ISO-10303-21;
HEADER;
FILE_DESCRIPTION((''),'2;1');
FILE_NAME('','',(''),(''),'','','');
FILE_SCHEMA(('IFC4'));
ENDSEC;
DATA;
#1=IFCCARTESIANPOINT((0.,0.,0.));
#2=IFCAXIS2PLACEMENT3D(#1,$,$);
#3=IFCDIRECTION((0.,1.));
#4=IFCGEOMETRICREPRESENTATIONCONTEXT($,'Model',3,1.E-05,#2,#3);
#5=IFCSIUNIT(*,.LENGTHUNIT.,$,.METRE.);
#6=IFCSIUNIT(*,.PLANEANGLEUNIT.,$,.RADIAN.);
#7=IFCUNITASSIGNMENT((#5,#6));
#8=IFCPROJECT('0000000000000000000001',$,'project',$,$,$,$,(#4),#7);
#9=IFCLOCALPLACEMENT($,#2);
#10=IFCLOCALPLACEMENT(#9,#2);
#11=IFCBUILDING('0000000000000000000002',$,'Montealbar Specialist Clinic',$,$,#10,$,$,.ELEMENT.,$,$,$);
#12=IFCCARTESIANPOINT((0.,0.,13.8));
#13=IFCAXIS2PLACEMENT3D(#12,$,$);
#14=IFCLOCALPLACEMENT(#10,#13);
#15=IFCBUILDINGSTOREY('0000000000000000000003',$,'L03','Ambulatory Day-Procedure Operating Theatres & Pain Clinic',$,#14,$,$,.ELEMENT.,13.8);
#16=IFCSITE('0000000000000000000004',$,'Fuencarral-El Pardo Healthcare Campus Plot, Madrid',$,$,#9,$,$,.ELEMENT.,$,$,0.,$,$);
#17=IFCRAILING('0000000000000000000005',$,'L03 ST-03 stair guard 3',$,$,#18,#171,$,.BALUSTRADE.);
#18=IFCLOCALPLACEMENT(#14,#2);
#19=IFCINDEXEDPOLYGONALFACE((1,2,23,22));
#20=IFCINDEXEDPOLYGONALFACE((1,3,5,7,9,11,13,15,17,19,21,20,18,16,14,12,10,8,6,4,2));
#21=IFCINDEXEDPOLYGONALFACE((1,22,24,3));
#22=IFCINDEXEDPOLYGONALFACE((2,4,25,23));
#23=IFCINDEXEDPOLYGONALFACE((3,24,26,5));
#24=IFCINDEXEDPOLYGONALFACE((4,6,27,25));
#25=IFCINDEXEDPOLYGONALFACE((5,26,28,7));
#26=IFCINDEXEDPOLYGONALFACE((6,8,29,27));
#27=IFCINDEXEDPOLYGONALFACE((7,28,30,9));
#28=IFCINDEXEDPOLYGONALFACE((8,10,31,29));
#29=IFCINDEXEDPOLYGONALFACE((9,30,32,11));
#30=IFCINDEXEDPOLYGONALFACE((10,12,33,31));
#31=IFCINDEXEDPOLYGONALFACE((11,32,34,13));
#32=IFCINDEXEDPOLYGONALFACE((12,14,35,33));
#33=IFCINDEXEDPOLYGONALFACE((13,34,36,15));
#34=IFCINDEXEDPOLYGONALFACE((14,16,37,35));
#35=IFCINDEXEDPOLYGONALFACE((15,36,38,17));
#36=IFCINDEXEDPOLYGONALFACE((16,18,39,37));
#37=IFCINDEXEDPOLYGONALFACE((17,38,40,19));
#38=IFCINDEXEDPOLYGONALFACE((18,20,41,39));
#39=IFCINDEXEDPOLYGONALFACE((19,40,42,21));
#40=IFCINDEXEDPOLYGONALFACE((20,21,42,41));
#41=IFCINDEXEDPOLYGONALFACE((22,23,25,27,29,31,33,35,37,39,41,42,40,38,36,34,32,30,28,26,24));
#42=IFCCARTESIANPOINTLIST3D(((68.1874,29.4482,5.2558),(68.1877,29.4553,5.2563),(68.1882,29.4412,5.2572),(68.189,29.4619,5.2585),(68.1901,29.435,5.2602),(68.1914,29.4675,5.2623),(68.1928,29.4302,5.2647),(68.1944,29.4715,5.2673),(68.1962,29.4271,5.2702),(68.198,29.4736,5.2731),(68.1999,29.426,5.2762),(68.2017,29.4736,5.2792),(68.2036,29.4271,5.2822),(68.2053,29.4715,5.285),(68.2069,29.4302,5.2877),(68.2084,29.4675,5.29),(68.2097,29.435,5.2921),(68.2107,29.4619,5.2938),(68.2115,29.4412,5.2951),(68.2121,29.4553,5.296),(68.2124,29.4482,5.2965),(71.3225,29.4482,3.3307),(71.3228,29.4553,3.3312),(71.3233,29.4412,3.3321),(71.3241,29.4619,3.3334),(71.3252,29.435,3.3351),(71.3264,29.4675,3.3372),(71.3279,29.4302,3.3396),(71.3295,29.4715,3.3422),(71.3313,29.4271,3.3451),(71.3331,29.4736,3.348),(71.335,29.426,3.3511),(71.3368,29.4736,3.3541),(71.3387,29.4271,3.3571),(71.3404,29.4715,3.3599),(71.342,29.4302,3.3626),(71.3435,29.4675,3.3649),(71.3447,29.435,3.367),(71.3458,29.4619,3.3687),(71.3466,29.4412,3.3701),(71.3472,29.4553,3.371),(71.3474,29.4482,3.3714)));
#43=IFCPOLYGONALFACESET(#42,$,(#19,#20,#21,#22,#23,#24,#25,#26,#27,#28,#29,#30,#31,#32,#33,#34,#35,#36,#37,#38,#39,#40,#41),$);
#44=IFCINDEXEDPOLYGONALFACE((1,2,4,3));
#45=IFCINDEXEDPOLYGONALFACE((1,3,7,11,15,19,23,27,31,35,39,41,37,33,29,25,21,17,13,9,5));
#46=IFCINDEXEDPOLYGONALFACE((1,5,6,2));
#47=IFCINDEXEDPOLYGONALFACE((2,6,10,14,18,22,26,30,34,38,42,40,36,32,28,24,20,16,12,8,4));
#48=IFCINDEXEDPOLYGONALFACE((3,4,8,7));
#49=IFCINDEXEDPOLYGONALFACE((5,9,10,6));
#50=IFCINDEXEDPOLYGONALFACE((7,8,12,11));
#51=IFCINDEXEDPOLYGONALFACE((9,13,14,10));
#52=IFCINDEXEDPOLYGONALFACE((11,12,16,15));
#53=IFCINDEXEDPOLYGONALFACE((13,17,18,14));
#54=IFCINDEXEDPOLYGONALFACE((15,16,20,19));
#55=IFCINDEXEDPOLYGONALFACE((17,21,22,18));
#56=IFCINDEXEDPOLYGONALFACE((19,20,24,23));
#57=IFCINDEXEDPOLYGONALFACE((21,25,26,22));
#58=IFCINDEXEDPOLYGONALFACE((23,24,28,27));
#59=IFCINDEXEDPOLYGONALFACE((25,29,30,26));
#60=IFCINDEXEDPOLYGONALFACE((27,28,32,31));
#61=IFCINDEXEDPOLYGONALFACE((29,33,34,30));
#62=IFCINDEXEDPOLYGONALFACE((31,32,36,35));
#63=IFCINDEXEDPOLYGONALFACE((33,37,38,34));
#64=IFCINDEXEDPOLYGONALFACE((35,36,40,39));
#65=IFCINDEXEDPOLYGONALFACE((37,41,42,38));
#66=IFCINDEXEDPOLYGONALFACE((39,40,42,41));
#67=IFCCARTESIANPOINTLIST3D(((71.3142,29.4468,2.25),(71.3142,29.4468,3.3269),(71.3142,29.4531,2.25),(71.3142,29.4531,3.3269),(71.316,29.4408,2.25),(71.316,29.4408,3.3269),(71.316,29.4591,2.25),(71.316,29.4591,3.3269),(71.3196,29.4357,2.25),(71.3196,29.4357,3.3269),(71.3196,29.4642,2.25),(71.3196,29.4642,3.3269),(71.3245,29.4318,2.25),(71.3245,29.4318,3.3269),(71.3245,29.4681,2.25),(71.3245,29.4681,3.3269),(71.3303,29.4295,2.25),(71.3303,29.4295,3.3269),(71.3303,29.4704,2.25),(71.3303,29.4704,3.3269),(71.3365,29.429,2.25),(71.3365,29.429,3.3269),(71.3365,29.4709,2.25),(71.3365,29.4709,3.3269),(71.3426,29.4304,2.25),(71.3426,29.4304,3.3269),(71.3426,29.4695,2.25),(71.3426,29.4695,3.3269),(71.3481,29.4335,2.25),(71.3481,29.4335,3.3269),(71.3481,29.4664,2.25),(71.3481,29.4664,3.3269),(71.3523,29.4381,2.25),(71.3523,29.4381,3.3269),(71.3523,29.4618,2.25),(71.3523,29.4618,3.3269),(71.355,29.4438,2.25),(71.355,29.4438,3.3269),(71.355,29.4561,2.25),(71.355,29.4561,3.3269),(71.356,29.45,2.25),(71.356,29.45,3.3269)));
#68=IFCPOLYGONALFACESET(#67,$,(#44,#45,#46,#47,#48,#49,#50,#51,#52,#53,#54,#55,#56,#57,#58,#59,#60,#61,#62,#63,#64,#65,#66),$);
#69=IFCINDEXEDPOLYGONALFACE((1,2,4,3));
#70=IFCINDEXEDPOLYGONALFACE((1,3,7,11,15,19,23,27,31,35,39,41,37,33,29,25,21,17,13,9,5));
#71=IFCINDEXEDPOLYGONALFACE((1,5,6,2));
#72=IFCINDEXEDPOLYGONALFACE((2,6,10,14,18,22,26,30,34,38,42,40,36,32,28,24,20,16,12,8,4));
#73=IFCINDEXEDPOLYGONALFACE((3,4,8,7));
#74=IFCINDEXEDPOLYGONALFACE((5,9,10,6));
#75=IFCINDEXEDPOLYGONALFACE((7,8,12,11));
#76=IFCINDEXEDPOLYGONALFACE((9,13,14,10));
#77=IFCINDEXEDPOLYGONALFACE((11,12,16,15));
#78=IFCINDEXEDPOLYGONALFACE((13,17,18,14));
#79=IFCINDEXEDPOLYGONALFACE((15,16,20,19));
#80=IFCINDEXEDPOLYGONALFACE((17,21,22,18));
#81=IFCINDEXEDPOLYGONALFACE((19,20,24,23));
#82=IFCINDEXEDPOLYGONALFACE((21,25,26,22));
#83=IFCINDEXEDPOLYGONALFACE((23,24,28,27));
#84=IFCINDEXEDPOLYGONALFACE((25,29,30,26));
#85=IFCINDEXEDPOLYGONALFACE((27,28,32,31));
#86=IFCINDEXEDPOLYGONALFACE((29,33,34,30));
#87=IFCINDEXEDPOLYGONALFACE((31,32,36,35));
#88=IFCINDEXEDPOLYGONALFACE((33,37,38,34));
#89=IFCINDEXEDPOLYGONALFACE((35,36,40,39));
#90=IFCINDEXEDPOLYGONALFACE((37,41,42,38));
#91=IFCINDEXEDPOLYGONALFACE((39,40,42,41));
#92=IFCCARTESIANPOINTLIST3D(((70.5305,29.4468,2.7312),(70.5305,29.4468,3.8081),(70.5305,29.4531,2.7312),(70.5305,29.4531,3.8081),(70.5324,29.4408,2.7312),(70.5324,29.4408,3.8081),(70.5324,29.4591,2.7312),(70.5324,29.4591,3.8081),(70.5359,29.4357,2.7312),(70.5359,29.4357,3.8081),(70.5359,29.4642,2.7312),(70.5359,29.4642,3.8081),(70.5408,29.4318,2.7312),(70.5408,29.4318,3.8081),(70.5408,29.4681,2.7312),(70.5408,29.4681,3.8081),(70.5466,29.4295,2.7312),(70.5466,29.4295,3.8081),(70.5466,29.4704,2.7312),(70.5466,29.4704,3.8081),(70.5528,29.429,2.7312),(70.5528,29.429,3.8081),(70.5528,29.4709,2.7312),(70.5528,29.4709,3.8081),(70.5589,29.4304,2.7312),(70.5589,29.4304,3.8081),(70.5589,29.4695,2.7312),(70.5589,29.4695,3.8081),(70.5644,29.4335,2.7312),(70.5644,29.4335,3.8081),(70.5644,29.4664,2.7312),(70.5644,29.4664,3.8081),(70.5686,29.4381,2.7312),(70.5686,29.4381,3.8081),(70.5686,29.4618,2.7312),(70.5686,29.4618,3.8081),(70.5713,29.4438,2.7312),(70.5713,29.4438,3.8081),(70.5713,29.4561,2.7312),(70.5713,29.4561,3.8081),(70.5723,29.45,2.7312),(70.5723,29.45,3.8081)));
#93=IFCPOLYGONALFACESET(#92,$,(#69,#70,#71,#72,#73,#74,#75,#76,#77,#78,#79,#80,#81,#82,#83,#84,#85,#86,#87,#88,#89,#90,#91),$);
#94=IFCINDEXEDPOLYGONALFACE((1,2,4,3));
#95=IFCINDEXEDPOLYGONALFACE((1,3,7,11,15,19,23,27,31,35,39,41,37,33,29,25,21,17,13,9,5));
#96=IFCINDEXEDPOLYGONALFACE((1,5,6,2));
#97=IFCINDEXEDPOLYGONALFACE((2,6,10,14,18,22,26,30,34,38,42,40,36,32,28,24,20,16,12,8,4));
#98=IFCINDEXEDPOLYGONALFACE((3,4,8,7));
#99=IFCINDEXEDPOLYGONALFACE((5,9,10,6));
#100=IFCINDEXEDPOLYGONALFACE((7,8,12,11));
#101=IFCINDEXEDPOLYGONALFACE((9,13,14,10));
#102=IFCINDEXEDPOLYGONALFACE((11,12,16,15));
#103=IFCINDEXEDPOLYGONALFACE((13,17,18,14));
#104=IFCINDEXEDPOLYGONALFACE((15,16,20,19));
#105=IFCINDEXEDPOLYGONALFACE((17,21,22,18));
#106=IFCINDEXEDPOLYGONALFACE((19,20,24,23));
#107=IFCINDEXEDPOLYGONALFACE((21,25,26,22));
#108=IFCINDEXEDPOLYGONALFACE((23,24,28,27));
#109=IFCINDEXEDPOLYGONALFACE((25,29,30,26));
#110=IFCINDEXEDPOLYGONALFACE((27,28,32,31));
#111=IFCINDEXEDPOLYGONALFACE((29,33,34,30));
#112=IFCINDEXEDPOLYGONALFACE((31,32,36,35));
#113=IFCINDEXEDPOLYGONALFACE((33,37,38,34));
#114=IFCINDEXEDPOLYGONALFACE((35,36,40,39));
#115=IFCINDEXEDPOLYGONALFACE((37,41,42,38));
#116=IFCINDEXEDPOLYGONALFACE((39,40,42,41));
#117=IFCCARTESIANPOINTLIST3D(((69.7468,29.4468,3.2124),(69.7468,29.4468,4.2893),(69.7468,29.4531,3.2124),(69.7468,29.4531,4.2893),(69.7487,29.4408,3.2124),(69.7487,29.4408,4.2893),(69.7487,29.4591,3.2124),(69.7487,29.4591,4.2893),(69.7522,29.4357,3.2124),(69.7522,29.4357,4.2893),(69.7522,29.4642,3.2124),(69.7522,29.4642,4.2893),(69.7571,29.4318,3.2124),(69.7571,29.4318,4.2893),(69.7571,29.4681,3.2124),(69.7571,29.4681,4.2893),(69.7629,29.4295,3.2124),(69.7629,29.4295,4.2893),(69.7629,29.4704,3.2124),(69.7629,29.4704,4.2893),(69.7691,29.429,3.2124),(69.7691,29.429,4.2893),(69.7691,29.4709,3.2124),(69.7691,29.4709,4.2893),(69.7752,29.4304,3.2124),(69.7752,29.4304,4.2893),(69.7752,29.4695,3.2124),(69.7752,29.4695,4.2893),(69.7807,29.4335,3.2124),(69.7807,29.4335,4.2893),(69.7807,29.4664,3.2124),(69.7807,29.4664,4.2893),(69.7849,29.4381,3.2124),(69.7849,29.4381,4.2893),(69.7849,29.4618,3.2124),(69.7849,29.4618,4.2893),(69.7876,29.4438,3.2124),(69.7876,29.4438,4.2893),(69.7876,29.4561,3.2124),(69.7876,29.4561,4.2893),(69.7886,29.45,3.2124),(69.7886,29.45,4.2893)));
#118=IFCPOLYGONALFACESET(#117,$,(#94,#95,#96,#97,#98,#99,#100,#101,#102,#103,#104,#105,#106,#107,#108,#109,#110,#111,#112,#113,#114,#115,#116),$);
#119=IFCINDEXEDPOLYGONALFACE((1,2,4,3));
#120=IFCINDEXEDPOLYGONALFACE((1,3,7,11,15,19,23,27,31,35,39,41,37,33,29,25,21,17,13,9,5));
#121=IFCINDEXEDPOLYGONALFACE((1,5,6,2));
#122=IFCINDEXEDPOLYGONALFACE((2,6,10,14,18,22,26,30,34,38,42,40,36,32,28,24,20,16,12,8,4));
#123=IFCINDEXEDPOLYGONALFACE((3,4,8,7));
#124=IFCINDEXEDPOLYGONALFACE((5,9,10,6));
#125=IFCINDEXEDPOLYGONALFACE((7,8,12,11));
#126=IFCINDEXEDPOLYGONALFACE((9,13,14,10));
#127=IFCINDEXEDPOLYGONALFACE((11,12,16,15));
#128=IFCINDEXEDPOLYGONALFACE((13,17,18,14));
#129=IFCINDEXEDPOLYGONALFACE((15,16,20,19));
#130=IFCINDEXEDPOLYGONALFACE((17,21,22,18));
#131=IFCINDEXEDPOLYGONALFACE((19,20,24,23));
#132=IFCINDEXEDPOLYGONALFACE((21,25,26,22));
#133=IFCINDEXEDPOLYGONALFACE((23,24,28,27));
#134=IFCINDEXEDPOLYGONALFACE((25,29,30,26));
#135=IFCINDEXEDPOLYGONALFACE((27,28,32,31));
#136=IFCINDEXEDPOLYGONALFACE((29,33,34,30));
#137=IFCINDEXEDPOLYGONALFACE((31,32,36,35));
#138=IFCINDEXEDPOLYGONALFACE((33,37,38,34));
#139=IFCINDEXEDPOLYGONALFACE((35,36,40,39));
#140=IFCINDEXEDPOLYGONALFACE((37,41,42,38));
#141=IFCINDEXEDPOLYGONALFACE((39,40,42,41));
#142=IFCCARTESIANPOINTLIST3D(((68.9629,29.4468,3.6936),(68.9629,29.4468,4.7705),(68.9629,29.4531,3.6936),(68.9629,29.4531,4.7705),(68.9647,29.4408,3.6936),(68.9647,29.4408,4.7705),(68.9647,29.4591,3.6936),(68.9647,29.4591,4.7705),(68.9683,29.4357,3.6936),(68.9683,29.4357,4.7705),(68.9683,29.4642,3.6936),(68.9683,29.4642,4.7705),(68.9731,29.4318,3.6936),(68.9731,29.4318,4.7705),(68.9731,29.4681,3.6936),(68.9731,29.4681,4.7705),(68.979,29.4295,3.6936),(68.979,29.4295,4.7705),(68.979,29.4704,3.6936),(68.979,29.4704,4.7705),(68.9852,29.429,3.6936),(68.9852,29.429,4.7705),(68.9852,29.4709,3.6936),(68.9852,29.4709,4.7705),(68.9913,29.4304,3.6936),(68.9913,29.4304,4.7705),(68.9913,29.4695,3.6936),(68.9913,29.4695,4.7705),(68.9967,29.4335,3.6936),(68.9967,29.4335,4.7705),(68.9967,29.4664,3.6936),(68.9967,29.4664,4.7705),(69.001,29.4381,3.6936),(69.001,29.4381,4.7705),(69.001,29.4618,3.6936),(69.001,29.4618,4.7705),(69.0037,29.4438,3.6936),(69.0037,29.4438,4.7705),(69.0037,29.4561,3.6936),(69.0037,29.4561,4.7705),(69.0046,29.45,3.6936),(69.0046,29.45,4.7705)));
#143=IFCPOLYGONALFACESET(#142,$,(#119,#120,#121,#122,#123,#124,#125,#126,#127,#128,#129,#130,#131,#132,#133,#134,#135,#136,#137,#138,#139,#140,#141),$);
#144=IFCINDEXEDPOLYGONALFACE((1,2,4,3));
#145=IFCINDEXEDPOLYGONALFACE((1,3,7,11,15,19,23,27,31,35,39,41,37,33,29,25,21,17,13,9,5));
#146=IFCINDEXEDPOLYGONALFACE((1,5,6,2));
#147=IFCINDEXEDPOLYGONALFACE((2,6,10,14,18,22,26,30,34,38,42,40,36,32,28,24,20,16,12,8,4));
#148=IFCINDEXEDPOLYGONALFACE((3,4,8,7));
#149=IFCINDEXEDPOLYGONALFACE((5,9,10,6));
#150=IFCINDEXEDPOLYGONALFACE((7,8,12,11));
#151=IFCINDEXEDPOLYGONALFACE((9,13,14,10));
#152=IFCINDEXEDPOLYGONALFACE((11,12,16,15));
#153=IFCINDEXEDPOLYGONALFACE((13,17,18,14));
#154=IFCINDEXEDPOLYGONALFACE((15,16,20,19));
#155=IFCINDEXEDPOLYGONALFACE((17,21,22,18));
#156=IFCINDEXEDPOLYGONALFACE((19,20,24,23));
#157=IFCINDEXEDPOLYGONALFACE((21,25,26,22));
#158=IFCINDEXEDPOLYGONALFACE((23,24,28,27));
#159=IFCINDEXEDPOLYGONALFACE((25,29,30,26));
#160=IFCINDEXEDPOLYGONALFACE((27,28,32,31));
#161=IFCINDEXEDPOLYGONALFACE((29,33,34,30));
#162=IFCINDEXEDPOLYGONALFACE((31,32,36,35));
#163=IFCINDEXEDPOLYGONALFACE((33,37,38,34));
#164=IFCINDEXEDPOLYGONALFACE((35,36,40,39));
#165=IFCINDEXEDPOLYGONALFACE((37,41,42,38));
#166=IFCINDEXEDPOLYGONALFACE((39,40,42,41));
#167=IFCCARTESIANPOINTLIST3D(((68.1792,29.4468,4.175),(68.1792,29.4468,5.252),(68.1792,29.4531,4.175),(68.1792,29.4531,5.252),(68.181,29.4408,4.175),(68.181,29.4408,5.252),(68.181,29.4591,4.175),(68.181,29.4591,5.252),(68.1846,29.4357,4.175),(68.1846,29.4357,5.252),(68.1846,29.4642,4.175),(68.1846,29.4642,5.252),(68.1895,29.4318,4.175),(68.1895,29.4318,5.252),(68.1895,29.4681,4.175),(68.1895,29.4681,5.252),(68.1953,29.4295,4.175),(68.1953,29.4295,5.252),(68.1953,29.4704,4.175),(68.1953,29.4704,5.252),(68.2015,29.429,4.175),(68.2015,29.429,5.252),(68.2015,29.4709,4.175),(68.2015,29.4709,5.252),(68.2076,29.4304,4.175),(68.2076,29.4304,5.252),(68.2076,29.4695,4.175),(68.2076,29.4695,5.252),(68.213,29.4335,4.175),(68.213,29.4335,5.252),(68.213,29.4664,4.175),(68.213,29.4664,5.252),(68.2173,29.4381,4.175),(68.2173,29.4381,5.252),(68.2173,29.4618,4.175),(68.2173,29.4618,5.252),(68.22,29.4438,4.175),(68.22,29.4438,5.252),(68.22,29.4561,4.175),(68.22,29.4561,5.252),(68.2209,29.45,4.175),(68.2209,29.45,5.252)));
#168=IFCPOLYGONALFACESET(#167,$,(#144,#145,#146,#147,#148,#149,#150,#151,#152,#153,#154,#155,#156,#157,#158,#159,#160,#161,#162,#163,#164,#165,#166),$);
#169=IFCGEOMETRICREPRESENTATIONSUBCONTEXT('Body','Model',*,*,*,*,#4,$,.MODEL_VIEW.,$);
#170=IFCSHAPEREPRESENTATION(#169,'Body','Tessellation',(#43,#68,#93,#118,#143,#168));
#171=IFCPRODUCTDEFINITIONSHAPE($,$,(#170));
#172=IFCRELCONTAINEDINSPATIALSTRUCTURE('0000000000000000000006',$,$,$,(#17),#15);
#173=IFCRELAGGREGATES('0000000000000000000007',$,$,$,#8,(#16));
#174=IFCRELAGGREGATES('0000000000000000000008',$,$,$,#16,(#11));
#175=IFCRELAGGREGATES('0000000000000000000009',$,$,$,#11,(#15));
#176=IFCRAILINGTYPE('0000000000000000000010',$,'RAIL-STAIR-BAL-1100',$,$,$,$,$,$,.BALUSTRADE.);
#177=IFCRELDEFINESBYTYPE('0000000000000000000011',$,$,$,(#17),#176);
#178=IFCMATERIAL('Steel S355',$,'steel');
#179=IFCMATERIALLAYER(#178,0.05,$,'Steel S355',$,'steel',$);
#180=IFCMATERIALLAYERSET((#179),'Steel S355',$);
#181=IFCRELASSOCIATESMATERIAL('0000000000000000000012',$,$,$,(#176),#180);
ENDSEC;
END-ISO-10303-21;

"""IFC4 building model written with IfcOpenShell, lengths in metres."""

from ifc_helpers import new_model, si_unit, direction, frame, origin, origin_2d, place, context, subcontext, project, spatial, circle, extrude, material, layer, layer_set, type_object, element, save


model = new_model("IFC4")

# Units and contexts
model_context = context("Model", 3, precision=1e-05, world=origin(), true_north=direction((0.0, 1.0)))
body_context = subcontext(model_context, "Body", "Model", "MODEL_VIEW")
ifc_project = project(units=[si_unit("LENGTHUNIT", "METRE"), si_unit("PLANEANGLEUNIT", "RADIAN")], contexts=[model_context])

# Site, building, storey
site_placement = place(None, origin())
site = spatial("IfcSite", under=ifc_project, at=site_placement, Name="Fuencarral-El Pardo Healthcare Campus Plot, Madrid", CompositionType="ELEMENT", RefElevation=0.0)
building_placement = place(site_placement, origin())
building = spatial("IfcBuilding", under=site, at=building_placement, Name="Montealbar Specialist Clinic", CompositionType="ELEMENT")
storey_placement = place(building_placement, frame((0.0, 0.0, 13.8)))
storey = spatial("IfcBuildingStorey", under=building, at=storey_placement, Name="L03", Description="Ambulatory Day-Procedure Operating Theatres & Pain Clinic", CompositionType="ELEMENT", Elevation=13.8)

# Shared definitions
ifc_material_1 = material(Name="Steel S355", Category="steel")

# Railing
ifc_layer_1 = layer(ifc_material_1, 0.05, Name="Steel S355", Category="steel")
ifc_layer_set_1 = layer_set([ifc_layer_1], Name="Steel S355")
railing_type_1 = type_object("IfcRailingType", Name="RAIL-STAIR-BAL-1100", PredefinedType="BALUSTRADE", material=ifc_layer_set_1)
railing_1_placement = place(storey_placement, frame((71.335, 29.45, 2.2749)))
element("IfcRailing", 1, at=railing_1_placement, inside=storey, type_object=railing_type_1, Name="L03 ST-03 stair guard 3", PredefinedType="BALUSTRADE", context=body_context, shape_type="SweptSolid", body=[
    extrude(circle(Radius=0.0239, at=origin_2d()), frame((0.0, 0.0, 1.0762), z_axis=(-0.852166, 0.0, 0.523271), x_axis=(0.0, -1.0, 0.0)), (0.0, 0.0, 1.0), 3.679),
    extrude(circle(Radius=0.021, at=origin_2d()), frame((0.0, 0.0, -0.0249)), (0.0, 0.0, 1.0), 1.0769),
    extrude(circle(Radius=0.021, at=origin_2d()), frame((-0.7837, 0.0, 0.4563)), (0.0, 0.0, 1.0), 1.0769),
    extrude(circle(Radius=0.021, at=origin_2d()), frame((-1.5674, 0.0, 0.9375)), (0.0, 0.0, 1.0), 1.0769),
    extrude(circle(Radius=0.021, at=origin_2d()), frame((-2.3513, 0.0, 1.4187)), (0.0, 0.0, 1.0), 1.0769),
    extrude(circle(Radius=0.021, at=origin_2d()), frame((-3.135, 0.0, 1.9001)), (0.0, 0.0, 1.0), 1.0769),
])

save(model, "model.ifc")
